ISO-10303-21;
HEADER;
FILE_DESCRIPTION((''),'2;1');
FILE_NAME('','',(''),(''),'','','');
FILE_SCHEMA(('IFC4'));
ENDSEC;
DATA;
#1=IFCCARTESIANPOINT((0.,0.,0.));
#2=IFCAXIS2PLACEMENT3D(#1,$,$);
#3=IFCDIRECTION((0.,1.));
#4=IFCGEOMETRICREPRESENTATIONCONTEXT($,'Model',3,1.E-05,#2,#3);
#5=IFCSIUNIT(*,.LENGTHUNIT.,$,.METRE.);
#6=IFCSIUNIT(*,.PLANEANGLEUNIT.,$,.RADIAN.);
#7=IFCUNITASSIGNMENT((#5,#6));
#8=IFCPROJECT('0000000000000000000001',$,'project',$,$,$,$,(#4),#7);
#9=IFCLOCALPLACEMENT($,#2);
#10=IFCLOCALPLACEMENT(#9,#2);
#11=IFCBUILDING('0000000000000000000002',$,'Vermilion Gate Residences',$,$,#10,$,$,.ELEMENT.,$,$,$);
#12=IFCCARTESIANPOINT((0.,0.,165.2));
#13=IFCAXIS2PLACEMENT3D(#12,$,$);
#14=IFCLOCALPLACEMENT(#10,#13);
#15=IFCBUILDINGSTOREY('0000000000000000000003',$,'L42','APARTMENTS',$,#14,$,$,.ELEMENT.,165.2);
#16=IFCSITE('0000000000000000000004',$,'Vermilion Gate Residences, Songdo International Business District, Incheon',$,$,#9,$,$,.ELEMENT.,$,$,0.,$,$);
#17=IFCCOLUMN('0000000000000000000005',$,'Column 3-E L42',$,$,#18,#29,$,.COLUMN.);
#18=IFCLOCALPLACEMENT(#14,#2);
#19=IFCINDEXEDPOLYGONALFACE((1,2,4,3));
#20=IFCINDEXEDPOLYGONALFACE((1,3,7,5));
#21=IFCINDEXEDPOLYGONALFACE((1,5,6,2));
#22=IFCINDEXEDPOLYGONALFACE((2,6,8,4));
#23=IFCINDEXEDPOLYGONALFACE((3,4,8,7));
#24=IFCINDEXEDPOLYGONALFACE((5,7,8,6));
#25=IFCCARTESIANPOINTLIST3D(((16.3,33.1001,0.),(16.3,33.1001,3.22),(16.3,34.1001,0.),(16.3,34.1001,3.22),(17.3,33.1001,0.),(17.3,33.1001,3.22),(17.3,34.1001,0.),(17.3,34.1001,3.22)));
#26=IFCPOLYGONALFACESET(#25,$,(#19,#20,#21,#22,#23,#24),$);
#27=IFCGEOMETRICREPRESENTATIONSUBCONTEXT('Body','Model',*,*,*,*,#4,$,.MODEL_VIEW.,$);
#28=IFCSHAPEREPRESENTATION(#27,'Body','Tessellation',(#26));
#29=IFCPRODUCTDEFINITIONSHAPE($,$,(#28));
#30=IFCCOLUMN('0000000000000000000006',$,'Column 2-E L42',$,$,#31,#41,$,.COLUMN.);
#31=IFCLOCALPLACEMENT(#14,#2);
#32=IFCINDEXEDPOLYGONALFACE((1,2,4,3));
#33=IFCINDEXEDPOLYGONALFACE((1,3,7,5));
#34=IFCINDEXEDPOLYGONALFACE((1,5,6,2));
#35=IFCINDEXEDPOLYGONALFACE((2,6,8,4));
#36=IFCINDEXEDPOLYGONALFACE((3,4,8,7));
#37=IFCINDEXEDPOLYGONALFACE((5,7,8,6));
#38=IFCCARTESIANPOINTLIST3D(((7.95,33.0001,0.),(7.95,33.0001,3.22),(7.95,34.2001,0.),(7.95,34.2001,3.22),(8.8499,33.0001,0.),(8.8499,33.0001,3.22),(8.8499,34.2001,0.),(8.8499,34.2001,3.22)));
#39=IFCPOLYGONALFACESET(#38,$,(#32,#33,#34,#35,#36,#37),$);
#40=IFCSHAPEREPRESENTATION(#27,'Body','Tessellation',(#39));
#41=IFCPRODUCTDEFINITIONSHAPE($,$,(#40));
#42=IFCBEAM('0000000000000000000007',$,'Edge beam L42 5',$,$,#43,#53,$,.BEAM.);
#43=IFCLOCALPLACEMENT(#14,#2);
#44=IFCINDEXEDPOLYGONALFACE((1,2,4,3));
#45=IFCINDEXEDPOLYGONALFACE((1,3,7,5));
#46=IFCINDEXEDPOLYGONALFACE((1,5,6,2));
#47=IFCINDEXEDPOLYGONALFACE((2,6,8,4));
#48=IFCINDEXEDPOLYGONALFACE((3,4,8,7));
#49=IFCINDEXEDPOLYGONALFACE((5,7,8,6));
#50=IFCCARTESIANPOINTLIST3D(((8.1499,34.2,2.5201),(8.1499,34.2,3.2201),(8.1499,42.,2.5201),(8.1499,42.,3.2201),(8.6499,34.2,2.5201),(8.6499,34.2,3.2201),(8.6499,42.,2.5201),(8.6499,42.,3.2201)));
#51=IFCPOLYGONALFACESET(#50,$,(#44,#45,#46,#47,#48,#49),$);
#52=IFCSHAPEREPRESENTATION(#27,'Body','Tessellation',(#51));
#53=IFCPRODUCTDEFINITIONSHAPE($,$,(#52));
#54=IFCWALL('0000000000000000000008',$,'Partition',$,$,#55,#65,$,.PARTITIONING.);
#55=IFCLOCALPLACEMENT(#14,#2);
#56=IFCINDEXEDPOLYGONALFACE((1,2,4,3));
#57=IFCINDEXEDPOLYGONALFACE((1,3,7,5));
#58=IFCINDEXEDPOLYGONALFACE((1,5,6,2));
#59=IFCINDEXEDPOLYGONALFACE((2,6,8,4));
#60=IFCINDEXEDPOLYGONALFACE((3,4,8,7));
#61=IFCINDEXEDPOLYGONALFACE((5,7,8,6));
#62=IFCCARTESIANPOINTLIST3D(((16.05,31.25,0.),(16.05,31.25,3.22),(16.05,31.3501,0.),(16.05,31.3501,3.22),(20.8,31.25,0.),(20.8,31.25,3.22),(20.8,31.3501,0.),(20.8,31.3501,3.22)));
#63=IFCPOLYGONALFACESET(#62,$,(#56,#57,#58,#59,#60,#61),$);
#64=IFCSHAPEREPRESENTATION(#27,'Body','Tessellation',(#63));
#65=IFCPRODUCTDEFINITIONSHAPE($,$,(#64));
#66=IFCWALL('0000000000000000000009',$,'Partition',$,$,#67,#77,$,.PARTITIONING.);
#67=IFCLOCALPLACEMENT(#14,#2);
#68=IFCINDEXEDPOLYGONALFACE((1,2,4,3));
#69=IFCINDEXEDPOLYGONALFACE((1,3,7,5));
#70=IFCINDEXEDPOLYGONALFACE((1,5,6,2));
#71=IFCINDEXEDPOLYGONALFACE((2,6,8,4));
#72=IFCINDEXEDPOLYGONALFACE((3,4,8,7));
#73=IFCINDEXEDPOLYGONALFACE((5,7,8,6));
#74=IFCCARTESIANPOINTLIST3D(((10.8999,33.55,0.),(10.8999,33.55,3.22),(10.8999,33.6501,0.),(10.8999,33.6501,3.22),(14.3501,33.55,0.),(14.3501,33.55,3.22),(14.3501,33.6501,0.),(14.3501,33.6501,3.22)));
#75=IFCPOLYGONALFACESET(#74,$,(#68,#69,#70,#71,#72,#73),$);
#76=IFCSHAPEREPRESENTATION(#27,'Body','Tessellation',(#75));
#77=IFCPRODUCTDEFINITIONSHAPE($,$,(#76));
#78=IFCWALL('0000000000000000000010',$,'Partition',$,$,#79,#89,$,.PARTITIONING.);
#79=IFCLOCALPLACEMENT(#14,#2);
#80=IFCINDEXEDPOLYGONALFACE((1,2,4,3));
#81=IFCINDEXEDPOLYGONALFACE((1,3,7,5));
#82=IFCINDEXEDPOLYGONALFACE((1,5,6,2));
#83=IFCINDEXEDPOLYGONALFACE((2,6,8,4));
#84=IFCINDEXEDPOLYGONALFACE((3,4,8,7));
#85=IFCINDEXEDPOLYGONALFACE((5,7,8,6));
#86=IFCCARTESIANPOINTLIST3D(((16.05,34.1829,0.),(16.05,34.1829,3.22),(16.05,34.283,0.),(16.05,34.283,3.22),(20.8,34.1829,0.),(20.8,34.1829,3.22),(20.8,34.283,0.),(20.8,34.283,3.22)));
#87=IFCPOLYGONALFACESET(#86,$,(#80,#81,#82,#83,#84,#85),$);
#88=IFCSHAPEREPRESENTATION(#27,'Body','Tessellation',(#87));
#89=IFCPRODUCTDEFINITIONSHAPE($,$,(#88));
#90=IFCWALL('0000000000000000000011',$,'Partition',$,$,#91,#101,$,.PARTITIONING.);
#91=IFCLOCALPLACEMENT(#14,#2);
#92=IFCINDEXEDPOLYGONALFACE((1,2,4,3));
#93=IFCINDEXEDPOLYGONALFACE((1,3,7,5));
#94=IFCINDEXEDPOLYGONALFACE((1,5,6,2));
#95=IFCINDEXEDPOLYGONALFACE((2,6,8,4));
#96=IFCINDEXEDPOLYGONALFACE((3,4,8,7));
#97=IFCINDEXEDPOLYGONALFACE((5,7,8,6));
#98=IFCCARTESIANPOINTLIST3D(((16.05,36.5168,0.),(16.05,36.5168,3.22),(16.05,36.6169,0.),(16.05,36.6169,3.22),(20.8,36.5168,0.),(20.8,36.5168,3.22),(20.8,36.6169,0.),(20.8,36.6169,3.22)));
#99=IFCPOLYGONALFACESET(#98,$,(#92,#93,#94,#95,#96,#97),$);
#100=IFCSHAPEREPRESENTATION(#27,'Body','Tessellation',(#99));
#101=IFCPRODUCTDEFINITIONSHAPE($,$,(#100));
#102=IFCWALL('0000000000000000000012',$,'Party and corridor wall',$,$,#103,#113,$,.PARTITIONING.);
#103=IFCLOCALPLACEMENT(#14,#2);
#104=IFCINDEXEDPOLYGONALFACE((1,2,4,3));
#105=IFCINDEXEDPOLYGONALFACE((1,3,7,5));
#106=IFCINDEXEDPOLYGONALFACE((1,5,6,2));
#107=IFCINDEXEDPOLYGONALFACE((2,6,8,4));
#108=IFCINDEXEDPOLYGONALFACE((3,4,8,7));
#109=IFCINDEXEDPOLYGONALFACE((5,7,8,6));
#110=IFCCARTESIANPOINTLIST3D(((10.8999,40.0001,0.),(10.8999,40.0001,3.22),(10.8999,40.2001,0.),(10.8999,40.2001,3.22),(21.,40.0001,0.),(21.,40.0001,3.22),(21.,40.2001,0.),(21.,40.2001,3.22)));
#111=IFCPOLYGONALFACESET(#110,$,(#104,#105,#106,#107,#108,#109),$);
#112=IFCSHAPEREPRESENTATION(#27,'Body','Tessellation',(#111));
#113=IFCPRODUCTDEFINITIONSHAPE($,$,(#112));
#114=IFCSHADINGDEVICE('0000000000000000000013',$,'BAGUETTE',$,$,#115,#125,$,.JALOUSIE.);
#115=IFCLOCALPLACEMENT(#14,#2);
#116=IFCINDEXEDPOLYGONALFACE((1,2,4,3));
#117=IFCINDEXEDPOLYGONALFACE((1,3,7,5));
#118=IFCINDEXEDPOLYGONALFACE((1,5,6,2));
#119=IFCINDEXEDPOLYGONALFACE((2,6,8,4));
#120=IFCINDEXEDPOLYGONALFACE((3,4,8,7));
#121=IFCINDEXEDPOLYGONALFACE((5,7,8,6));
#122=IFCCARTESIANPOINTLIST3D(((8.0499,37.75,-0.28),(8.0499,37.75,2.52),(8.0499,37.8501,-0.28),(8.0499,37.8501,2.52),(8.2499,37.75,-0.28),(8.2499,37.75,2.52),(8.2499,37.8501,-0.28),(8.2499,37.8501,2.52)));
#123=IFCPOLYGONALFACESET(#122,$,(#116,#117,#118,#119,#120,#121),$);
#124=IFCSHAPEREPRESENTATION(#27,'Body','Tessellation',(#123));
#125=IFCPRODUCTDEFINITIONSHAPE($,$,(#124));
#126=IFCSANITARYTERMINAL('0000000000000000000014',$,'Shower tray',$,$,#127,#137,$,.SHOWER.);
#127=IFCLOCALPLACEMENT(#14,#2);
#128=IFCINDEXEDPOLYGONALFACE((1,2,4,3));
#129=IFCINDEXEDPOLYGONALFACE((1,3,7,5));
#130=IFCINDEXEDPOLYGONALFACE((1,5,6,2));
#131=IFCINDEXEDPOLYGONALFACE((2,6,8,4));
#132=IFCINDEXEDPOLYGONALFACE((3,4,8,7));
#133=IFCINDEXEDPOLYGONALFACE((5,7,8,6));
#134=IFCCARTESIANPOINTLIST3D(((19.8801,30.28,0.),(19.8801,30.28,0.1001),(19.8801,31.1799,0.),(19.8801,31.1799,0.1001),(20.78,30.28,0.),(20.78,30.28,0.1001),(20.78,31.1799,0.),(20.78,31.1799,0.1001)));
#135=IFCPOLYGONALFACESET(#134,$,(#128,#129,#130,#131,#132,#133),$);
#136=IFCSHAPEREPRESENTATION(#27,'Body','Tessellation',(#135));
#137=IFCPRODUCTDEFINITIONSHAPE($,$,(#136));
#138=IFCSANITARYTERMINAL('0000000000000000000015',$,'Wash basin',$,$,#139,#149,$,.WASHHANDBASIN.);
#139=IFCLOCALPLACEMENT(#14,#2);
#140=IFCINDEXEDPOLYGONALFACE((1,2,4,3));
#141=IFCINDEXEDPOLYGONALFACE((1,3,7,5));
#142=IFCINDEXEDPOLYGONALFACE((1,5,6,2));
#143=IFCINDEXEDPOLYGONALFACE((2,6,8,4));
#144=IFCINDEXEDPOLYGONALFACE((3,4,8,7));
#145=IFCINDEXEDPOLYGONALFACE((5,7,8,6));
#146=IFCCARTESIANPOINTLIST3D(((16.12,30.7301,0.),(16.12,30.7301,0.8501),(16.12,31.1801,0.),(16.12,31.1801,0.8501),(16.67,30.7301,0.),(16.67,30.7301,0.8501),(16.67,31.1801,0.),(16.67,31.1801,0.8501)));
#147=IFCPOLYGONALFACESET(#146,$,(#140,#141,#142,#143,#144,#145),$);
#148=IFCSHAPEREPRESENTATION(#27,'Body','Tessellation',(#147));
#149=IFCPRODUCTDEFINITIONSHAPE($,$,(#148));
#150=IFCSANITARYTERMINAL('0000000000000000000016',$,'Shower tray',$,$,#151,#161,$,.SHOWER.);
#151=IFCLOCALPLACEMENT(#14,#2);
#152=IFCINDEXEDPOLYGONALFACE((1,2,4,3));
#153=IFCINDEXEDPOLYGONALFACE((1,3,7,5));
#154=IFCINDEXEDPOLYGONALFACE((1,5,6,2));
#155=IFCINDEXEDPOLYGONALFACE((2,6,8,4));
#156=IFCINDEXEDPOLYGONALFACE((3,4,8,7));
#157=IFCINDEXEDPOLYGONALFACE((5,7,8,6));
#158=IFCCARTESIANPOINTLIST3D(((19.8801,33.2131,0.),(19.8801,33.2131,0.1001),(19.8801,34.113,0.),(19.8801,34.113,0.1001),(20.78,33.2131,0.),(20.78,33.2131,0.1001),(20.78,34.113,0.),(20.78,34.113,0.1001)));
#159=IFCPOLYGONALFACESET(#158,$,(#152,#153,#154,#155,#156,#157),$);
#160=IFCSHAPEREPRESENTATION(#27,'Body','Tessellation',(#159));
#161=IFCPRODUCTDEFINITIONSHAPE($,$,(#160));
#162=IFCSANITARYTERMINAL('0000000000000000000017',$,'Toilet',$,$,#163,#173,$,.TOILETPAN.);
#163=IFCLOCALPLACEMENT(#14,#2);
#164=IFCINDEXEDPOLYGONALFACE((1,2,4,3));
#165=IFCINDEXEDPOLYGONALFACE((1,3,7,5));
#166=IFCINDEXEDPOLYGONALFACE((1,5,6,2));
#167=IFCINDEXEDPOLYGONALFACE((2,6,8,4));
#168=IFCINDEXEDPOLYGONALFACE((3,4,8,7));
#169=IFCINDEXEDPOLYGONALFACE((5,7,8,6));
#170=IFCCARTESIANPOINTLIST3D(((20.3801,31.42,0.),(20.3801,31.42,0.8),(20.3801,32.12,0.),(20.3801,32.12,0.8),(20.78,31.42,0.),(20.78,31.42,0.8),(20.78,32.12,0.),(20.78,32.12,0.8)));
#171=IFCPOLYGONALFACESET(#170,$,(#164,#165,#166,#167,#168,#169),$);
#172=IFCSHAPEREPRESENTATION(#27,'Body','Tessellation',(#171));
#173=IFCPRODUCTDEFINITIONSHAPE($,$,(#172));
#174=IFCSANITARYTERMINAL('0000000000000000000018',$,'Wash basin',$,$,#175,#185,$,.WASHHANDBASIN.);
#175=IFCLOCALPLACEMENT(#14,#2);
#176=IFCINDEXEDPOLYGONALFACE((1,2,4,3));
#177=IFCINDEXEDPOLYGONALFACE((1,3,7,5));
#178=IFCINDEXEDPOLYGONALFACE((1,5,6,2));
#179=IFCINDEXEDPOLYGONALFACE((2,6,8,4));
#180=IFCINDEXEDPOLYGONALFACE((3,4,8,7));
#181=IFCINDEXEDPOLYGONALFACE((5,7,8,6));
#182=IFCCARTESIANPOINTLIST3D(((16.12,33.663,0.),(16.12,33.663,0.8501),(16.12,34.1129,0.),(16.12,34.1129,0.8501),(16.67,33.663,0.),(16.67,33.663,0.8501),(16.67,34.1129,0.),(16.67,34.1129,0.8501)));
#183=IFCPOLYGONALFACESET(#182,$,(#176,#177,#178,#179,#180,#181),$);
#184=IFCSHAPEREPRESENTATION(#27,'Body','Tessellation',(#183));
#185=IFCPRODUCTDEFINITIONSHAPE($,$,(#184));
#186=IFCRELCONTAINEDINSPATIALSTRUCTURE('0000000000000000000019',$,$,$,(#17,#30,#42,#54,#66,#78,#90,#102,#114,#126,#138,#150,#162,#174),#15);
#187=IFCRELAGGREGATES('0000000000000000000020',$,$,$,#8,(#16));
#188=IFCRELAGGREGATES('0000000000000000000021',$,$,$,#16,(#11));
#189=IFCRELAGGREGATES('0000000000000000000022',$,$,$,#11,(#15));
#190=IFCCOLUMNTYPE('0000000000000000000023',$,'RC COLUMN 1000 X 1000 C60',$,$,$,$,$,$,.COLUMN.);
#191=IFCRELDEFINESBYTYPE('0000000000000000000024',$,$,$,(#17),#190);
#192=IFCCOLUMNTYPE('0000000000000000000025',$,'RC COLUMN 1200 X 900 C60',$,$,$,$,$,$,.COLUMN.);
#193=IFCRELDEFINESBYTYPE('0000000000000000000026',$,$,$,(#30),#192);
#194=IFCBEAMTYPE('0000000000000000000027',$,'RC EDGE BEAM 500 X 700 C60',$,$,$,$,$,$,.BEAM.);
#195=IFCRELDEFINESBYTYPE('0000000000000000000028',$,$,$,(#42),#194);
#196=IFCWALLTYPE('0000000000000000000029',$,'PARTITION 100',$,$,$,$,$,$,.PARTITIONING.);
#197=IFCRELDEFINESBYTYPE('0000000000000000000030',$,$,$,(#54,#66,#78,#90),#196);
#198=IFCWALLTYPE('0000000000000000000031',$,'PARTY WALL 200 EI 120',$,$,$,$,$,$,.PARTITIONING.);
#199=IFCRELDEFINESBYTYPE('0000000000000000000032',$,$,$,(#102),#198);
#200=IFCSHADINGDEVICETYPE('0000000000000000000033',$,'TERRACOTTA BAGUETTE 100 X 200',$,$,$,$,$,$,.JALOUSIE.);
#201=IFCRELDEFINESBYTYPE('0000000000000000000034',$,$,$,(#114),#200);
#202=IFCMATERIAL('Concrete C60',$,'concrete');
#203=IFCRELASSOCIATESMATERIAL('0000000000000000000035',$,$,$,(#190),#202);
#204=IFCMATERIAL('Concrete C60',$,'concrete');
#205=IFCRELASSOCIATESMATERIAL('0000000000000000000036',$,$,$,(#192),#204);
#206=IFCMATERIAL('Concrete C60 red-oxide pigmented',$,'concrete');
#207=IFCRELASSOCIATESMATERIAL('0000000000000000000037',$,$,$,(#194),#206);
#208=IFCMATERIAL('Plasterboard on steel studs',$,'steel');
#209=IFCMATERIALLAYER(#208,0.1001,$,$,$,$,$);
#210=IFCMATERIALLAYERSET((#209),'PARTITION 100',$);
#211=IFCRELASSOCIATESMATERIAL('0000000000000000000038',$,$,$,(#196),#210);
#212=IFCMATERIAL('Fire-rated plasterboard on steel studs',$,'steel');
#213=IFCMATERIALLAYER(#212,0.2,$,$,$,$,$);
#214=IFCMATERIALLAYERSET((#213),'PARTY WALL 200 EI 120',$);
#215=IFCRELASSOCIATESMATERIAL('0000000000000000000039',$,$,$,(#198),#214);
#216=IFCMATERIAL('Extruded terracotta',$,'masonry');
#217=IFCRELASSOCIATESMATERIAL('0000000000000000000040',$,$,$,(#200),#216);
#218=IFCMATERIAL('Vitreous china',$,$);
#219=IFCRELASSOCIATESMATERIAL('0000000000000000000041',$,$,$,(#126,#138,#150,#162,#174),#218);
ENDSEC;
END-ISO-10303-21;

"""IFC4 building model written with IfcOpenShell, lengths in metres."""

from ifc_helpers import new_model, si_unit, direction, frame, frame_2d, origin, origin_2d, place, context, subcontext, project, spatial, rectangle, extrude, material, layer, layer_set, material_profile, profile_set, type_object, element, save


model = new_model("IFC4")

# Units and contexts
model_context = context("Model", 3, precision=1e-05, world=origin(), true_north=direction((0.0, 1.0)))
body_context = subcontext(model_context, "Body", "Model", "MODEL_VIEW")
ifc_project = project(units=[si_unit("LENGTHUNIT", "METRE"), si_unit("PLANEANGLEUNIT", "RADIAN")], contexts=[model_context])

# Site, building, storey
site_placement = place(None, origin())
site = spatial("IfcSite", under=ifc_project, at=site_placement, Name="Vermilion Gate Residences, Songdo International Business District, Incheon", CompositionType="ELEMENT", RefElevation=0.0)
building_placement = place(site_placement, origin())
building = spatial("IfcBuilding", under=site, at=building_placement, Name="Vermilion Gate Residences", CompositionType="ELEMENT")
storey_placement = place(building_placement, frame((0.0, 0.0, 165.2)))
storey = spatial("IfcBuildingStorey", under=building, at=storey_placement, Name="L42", Description="APARTMENTS", CompositionType="ELEMENT", Elevation=165.2)

# Columns
ifc_material_1 = material(Name="Concrete C60", Category="concrete")
ifc_material_profile_1 = material_profile(ifc_material_1, rectangle(XDim=1.0, YDim=1.0, at=origin_2d()), Name="RC-1000x1000")
ifc_profile_set_1 = profile_set([ifc_material_profile_1], Name="Concrete C60")
column_type_1 = type_object("IfcColumnType", Name="RC COLUMN 1000 X 1000 C60", PredefinedType="COLUMN", material=ifc_profile_set_1)
column_1_placement = place(storey_placement, frame((16.8, 33.6001, 0.0), z_axis=(0.0, 0.0, 1.0), x_axis=(1.0, 0.0, 0.0)))
element("IfcColumn", 1, at=column_1_placement, inside=storey, type_object=column_type_1, Name="Column 3-E L42", PredefinedType="COLUMN", context=body_context, shape_type="SweptSolid", body=[
    extrude(rectangle(XDim=1.0, YDim=1.0, at=origin_2d()), origin(), (0.0, 0.0, 1.0), 3.22),
])
ifc_material_2 = material(Name="Concrete C60", Category="concrete")
ifc_material_profile_2 = material_profile(ifc_material_2, rectangle(XDim=1.2, YDim=0.8999, at=origin_2d()), Name="RC-1200x900")
ifc_profile_set_2 = profile_set([ifc_material_profile_2], Name="Concrete C60")
column_type_2 = type_object("IfcColumnType", Name="RC COLUMN 1200 X 900 C60", PredefinedType="COLUMN", material=ifc_profile_set_2)
column_2_placement = place(storey_placement, frame((8.3999, 33.6001, 0.0), z_axis=(0.0, 0.0, 1.0), x_axis=(0.0, 1.0, 0.0)))
element("IfcColumn", 2, at=column_2_placement, inside=storey, type_object=column_type_2, Name="Column 2-E L42", PredefinedType="COLUMN", context=body_context, shape_type="SweptSolid", body=[
    extrude(rectangle(XDim=1.2, YDim=0.8999, at=origin_2d()), origin(), (0.0, 0.0, 1.0), 3.22),
])

# Beam
ifc_material_3 = material(Name="Concrete C60 red-oxide pigmented", Category="concrete")
ifc_material_profile_3 = material_profile(ifc_material_3, rectangle(XDim=0.5, YDim=0.7, at=origin_2d()), Name="RC-500x700")
ifc_profile_set_3 = profile_set([ifc_material_profile_3], Name="Concrete C60 red-oxide pigmented")
beam_type = type_object("IfcBeamType", Name="RC EDGE BEAM 500 X 700 C60", PredefinedType="BEAM", material=ifc_profile_set_3)
beam_placement = place(storey_placement, frame((8.3999, 34.2, 2.8701), z_axis=(0.0, 1.0, 0.0), x_axis=(-1.0, 0.0, 0.0)))
element("IfcBeam", 3, at=beam_placement, inside=storey, type_object=beam_type, Name="Edge beam L42 5", PredefinedType="BEAM", context=body_context, shape_type="SweptSolid", body=[
    extrude(rectangle(XDim=0.5, YDim=0.7, at=origin_2d()), origin(), (0.0, 0.0, 1.0), 7.8),
])

# Walls
ifc_material_4 = material(Name="Plasterboard on steel studs", Category="steel")
ifc_layer_1 = layer(ifc_material_4, 0.1001)
ifc_layer_set_1 = layer_set([ifc_layer_1], Name="PARTITION 100")
wall_type_1 = type_object("IfcWallType", Name="PARTITION 100", PredefinedType="PARTITIONING", material=ifc_layer_set_1)
wall_1_placement = place(storey_placement, frame((16.05, 31.3, 0.0), z_axis=(0.0, 0.0, 1.0), x_axis=(1.0, 0.0, 0.0)))
element("IfcWall", 4, at=wall_1_placement, inside=storey, type_object=wall_type_1, Name="Partition", PredefinedType="PARTITIONING", context=body_context, shape_type="SweptSolid", body=[
    extrude(rectangle(XDim=4.75, YDim=0.1001, at=frame_2d((2.375, 0.0))), origin(), (0.0, 0.0, 1.0), 3.22),
])
wall_2_placement = place(storey_placement, frame((10.8999, 33.6001, 0.0), z_axis=(0.0, 0.0, 1.0), x_axis=(1.0, 0.0, 0.0)))
element("IfcWall", 5, at=wall_2_placement, inside=storey, type_object=wall_type_1, Name="Partition", PredefinedType="PARTITIONING", context=body_context, shape_type="SweptSolid", body=[
    extrude(rectangle(XDim=3.4502, YDim=0.1001, at=frame_2d((1.7251, 0.0))), origin(), (0.0, 0.0, 1.0), 3.22),
])
for number, where, z_axis, x_axis, name in (
    (6, (16.05, 34.2329, 0.0), (0.0, 0.0, 1.0), (1.0, 0.0, 0.0), "Partition"),
    (7, (16.05, 36.5669, 0.0), (0.0, 0.0, 1.0), (1.0, 0.0, 0.0), "Partition"),
):
    element("IfcWall", number, at=place(storey_placement, frame(where, z_axis=z_axis, x_axis=x_axis)), inside=storey, type_object=wall_type_1, Name=name, PredefinedType="PARTITIONING", context=body_context, shape_type="SweptSolid", body=[
        extrude(rectangle(XDim=4.75, YDim=0.1001, at=frame_2d((2.375, 0.0))), origin(), (0.0, 0.0, 1.0), 3.22),
    ])
ifc_material_5 = material(Name="Fire-rated plasterboard on steel studs", Category="steel")
ifc_layer_2 = layer(ifc_material_5, 0.2)
ifc_layer_set_2 = layer_set([ifc_layer_2], Name="PARTY WALL 200 EI 120")
wall_type_2 = type_object("IfcWallType", Name="PARTY WALL 200 EI 120", PredefinedType="PARTITIONING", material=ifc_layer_set_2)
wall_3_placement = place(storey_placement, frame((10.8999, 40.1001, 0.0), z_axis=(0.0, 0.0, 1.0), x_axis=(1.0, 0.0, 0.0)))
element("IfcWall", 8, at=wall_3_placement, inside=storey, type_object=wall_type_2, Name="Party and corridor wall", PredefinedType="PARTITIONING", context=body_context, shape_type="SweptSolid", body=[
    extrude(rectangle(XDim=10.1001, YDim=0.2, at=frame_2d((5.05, 0.0))), origin(), (0.0, 0.0, 1.0), 3.22),
])

# Shading device
ifc_material_6 = material(Name="Extruded terracotta", Category="masonry")
ifc_material_profile_4 = material_profile(ifc_material_6, rectangle(XDim=0.2, YDim=0.1001, at=origin_2d()), Name="BAGUETTE 100 X 200")
ifc_profile_set_4 = profile_set([ifc_material_profile_4], Name="Extruded terracotta")
shading_device_type = type_object("IfcShadingDeviceType", Name="TERRACOTTA BAGUETTE 100 X 200", PredefinedType="JALOUSIE", material=ifc_profile_set_4)
shading_device_placement = place(storey_placement, frame((8.1499, 37.8, -0.28), z_axis=(0.0, 0.0, 1.0), x_axis=(1.0, 0.0, 0.0)))
element("IfcShadingDevice", 9, at=shading_device_placement, inside=storey, type_object=shading_device_type, Name="BAGUETTE", PredefinedType="JALOUSIE", context=body_context, shape_type="SweptSolid", body=[
    extrude(rectangle(XDim=0.2, YDim=0.1001, at=origin_2d()), origin(), (0.0, 0.0, 1.0), 2.8),
])

# Sanitary terminals
ifc_material_7 = material(Name="Vitreous china")
sanitary_terminal_1_placement = place(storey_placement, frame((20.3301, 30.73, 0.0), z_axis=(0.0, 0.0, 1.0), x_axis=(1.0, 0.0, 0.0)))
element("IfcSanitaryTerminal", 10, at=sanitary_terminal_1_placement, inside=storey, material=ifc_material_7, Name="Shower tray", PredefinedType="SHOWER", context=body_context, shape_type="SweptSolid", body=[
    extrude(rectangle(XDim=0.8999, YDim=0.8999, at=origin_2d()), origin(), (0.0, 0.0, 1.0), 0.1001),
])
sanitary_terminal_2_placement = place(storey_placement, frame((16.395, 30.9551, 0.0), z_axis=(0.0, 0.0, 1.0), x_axis=(1.0, 0.0, 0.0)))
element("IfcSanitaryTerminal", 11, at=sanitary_terminal_2_placement, inside=storey, material=ifc_material_7, Name="Wash basin", PredefinedType="WASHHANDBASIN", context=body_context, shape_type="SweptSolid", body=[
    extrude(rectangle(XDim=0.55, YDim=0.45, at=origin_2d()), origin(), (0.0, 0.0, 1.0), 0.8501),
])
sanitary_terminal_3_placement = place(storey_placement, frame((20.3301, 33.6631, 0.0), z_axis=(0.0, 0.0, 1.0), x_axis=(1.0, 0.0, 0.0)))
element("IfcSanitaryTerminal", 12, at=sanitary_terminal_3_placement, inside=storey, material=ifc_material_7, Name="Shower tray", PredefinedType="SHOWER", context=body_context, shape_type="SweptSolid", body=[
    extrude(rectangle(XDim=0.8999, YDim=0.8999, at=origin_2d()), origin(), (0.0, 0.0, 1.0), 0.1001),
])
sanitary_terminal_4_placement = place(storey_placement, frame((20.5801, 31.77, 0.0), z_axis=(0.0, 0.0, 1.0), x_axis=(1.0, 0.0, 0.0)))
element("IfcSanitaryTerminal", 13, at=sanitary_terminal_4_placement, inside=storey, material=ifc_material_7, Name="Toilet", PredefinedType="TOILETPAN", context=body_context, shape_type="SweptSolid", body=[
    extrude(rectangle(XDim=0.3999, YDim=0.7, at=origin_2d()), origin(), (0.0, 0.0, 1.0), 0.8),
])
sanitary_terminal_5_placement = place(storey_placement, frame((16.395, 33.8879, 0.0), z_axis=(0.0, 0.0, 1.0), x_axis=(1.0, 0.0, 0.0)))
element("IfcSanitaryTerminal", 14, at=sanitary_terminal_5_placement, inside=storey, material=ifc_material_7, Name="Wash basin", PredefinedType="WASHHANDBASIN", context=body_context, shape_type="SweptSolid", body=[
    extrude(rectangle(XDim=0.55, YDim=0.45, at=origin_2d()), origin(), (0.0, 0.0, 1.0), 0.8501),
])

save(model, "model.ifc")
